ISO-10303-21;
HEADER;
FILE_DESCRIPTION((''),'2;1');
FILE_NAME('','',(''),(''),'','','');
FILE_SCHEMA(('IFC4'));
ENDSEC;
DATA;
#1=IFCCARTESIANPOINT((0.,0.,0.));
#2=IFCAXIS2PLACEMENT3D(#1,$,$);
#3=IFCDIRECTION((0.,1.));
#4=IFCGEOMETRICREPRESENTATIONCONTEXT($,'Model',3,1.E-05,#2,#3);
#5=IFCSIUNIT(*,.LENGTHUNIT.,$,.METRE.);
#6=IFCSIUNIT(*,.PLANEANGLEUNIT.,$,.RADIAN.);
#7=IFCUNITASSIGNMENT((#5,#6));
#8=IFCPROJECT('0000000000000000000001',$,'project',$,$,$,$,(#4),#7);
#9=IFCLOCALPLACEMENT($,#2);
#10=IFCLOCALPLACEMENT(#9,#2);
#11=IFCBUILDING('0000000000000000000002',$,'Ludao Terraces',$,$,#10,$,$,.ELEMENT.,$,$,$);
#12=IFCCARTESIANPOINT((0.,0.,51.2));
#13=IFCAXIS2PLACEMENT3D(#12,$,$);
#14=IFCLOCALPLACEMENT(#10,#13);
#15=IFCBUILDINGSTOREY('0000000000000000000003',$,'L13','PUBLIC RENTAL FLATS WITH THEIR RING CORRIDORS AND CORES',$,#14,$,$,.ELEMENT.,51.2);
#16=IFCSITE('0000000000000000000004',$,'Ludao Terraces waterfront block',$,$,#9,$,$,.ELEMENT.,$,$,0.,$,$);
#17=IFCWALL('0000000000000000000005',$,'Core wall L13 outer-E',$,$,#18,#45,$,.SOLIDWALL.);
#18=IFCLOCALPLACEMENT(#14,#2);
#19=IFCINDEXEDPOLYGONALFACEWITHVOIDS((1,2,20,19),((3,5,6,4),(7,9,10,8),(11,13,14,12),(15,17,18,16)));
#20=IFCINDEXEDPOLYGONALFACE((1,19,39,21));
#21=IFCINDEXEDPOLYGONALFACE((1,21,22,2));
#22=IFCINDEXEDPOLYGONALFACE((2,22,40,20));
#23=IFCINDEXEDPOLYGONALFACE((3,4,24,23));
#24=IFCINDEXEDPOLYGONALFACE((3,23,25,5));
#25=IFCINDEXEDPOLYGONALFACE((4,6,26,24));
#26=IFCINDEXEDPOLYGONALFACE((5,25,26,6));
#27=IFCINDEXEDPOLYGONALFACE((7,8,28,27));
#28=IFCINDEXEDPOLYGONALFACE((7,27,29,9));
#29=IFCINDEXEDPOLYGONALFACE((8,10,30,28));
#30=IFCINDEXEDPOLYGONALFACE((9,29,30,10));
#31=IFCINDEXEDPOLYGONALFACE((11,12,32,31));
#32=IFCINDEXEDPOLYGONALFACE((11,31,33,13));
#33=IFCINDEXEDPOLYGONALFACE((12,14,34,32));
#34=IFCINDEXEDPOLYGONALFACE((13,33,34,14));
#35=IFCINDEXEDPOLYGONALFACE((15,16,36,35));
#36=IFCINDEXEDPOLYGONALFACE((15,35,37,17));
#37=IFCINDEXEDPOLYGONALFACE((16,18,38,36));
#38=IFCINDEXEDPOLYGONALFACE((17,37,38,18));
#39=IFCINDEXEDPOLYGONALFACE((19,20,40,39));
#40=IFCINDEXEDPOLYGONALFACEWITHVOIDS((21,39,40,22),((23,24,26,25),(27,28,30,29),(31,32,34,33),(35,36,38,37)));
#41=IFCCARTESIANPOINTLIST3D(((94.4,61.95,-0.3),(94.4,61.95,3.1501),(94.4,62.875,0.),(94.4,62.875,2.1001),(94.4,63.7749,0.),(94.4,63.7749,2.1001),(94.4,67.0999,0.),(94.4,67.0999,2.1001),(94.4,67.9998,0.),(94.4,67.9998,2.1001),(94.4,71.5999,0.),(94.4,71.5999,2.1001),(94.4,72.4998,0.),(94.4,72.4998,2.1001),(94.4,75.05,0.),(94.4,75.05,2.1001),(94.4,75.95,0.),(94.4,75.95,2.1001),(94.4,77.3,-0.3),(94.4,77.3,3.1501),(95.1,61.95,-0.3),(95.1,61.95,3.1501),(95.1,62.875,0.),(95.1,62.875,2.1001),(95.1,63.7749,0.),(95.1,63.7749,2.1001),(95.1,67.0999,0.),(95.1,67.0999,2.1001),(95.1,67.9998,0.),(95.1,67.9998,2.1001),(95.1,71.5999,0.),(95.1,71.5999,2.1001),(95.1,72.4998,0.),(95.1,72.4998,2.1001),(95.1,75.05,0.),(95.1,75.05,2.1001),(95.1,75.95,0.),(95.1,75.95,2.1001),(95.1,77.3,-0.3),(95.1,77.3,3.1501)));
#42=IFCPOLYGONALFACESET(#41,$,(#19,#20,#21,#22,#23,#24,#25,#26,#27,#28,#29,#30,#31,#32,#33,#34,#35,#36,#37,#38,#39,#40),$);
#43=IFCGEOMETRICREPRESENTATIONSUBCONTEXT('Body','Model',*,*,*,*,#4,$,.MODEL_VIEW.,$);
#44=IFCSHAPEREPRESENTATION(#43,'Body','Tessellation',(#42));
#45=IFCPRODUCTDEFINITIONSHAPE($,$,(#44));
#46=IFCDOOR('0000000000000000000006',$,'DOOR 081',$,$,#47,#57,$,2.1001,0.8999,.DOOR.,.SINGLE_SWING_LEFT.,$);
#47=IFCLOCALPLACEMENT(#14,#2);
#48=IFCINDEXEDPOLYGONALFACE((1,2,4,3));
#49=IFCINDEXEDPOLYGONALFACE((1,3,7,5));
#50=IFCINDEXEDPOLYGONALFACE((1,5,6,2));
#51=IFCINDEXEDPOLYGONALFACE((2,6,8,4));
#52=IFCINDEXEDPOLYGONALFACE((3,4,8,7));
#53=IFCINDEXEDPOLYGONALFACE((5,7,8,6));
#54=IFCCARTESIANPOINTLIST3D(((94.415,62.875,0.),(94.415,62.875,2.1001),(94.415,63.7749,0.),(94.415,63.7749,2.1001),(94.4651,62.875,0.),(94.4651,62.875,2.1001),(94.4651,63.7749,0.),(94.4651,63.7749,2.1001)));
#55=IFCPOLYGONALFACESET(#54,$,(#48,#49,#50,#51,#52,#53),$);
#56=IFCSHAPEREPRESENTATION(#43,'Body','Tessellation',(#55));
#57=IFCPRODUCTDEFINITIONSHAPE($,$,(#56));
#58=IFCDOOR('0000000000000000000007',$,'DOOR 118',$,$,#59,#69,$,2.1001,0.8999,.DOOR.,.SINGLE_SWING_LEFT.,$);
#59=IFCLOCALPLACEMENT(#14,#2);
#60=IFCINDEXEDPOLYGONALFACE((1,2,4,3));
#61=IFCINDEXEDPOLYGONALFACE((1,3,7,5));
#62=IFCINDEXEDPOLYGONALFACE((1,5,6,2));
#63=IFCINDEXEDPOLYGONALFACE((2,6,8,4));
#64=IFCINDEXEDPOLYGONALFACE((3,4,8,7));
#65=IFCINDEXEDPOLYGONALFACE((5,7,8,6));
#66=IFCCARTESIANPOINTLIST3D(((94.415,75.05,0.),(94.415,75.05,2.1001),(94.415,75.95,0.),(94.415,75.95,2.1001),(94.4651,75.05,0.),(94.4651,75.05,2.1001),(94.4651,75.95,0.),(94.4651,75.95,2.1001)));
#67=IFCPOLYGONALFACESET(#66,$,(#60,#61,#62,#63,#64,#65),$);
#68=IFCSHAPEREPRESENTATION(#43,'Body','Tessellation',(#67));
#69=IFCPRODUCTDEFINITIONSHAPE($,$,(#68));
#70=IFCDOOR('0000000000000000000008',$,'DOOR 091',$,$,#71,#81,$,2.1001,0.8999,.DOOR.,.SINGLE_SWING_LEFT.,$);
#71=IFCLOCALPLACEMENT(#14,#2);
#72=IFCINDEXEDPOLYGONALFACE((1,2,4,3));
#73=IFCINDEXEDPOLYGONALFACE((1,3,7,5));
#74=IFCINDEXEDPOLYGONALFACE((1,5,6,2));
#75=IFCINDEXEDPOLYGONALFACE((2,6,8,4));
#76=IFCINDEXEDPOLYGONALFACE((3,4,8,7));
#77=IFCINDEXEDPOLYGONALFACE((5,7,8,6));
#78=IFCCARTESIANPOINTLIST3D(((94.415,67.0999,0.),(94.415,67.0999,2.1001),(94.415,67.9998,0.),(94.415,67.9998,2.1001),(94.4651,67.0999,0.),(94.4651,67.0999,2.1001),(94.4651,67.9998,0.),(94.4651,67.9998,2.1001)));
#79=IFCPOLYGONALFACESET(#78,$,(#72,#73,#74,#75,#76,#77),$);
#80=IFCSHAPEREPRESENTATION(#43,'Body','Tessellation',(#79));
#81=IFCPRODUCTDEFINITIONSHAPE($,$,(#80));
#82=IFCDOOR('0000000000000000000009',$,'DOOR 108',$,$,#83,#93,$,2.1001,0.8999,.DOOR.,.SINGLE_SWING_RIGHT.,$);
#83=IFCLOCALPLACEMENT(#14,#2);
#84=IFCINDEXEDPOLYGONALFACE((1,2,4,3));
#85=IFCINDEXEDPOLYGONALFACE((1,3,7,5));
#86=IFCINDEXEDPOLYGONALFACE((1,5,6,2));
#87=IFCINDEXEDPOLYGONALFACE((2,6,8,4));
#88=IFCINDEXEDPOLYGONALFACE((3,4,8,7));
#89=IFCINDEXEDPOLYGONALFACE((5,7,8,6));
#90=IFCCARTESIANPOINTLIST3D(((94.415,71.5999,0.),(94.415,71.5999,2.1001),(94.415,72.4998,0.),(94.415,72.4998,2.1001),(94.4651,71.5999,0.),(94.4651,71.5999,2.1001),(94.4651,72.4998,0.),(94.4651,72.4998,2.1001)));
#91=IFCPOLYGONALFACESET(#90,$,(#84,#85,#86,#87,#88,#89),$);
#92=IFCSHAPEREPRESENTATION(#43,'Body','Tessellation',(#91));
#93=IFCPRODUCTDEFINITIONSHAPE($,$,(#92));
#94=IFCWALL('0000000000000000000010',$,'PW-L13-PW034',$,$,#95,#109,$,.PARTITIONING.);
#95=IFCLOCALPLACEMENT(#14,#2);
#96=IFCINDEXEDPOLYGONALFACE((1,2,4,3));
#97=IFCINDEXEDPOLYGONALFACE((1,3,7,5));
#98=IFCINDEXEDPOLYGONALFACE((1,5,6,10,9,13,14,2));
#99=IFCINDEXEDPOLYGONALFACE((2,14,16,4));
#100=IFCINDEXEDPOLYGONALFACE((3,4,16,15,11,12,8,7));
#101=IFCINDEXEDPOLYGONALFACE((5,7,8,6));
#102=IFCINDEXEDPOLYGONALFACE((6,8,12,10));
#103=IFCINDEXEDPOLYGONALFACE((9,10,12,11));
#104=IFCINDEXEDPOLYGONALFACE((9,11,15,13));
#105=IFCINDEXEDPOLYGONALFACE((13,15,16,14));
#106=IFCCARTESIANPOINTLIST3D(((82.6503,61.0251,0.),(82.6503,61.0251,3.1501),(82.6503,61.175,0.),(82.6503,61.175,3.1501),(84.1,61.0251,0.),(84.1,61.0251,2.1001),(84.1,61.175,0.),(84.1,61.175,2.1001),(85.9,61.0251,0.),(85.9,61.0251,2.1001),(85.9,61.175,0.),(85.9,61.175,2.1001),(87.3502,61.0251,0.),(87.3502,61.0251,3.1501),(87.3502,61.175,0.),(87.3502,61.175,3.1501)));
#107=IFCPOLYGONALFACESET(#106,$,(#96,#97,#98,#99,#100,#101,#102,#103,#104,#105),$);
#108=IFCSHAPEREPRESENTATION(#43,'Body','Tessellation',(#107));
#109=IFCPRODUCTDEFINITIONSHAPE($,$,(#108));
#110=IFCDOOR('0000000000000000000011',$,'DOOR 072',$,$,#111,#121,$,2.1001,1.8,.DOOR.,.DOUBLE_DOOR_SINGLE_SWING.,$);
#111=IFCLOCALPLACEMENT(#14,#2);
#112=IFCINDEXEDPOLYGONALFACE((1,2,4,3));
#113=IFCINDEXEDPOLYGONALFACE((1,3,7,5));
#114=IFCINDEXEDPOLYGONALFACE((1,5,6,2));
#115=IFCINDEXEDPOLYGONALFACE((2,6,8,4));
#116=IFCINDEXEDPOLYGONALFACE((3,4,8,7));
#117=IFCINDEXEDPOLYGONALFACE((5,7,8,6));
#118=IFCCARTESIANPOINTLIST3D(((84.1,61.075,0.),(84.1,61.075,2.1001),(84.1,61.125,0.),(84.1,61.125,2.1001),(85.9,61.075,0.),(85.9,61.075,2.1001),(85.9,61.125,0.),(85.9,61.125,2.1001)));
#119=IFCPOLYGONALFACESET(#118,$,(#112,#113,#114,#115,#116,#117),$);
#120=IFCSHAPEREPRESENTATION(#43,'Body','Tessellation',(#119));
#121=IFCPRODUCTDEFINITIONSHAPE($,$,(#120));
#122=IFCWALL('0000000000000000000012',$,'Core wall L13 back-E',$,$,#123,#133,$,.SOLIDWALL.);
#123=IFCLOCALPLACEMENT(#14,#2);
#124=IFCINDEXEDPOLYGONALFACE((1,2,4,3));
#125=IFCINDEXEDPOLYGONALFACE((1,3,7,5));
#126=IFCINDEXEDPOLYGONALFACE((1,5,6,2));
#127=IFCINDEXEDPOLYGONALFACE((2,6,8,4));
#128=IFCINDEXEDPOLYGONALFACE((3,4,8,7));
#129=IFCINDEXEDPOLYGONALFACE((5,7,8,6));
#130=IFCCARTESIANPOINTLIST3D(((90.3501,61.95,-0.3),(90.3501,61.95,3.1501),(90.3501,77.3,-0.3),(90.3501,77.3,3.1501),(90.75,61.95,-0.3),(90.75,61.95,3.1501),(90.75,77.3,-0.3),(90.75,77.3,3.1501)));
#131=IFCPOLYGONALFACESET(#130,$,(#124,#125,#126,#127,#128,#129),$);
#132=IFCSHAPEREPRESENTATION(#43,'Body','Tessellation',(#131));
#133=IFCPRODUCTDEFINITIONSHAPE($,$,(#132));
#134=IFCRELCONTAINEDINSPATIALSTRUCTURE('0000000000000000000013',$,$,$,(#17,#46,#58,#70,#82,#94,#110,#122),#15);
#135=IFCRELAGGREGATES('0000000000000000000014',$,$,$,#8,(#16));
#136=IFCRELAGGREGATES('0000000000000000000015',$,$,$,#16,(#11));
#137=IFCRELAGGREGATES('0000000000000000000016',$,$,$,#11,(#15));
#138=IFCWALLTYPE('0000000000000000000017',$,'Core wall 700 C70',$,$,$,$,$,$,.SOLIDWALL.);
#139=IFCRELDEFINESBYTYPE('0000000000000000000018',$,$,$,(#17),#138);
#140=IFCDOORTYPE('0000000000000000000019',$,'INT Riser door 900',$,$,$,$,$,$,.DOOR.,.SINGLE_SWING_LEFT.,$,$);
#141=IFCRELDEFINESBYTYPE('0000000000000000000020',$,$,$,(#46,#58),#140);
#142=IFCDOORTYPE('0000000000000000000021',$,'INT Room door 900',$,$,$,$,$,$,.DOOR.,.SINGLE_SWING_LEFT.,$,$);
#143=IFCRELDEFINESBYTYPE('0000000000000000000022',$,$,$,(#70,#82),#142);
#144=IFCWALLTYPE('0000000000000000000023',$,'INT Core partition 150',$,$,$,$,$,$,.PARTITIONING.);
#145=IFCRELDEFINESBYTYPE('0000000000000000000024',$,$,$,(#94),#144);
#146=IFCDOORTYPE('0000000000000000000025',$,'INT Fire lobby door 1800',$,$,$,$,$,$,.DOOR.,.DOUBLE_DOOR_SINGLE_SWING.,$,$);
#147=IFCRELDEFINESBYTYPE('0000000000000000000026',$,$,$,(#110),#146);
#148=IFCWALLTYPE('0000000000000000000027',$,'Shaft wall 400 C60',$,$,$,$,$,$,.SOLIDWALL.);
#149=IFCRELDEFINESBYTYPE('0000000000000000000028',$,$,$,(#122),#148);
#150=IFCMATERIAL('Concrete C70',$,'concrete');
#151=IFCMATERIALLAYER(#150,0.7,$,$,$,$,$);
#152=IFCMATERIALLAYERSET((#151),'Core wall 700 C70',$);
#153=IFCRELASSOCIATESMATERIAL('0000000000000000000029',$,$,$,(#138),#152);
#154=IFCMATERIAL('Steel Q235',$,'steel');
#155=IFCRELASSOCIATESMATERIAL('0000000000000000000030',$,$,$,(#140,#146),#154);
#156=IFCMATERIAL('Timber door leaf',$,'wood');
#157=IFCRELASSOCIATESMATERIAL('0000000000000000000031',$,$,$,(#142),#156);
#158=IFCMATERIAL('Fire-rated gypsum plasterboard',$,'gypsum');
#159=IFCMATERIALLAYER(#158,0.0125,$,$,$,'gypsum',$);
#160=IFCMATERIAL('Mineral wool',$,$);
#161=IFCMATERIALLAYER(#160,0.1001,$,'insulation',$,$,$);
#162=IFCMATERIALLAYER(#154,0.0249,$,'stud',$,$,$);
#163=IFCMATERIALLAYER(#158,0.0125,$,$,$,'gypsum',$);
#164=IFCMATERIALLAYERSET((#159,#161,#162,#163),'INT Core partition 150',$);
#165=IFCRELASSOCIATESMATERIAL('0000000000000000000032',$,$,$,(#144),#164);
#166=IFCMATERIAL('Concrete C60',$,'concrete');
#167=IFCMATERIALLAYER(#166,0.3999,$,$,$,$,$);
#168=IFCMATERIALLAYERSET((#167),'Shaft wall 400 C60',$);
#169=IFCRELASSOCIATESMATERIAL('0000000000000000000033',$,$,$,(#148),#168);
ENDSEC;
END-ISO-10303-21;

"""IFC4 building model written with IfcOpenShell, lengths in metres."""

from ifc_helpers import new_model, si_unit, direction, frame, frame_2d, origin, place, context, subcontext, project, spatial, rectangle, extrude, material, layer, layer_set, type_object, element, fill, save


model = new_model("IFC4")

# Units and contexts
model_context = context("Model", 3, precision=1e-05, world=origin(), true_north=direction((0.0, 1.0)))
body_context = subcontext(model_context, "Body", "Model", "MODEL_VIEW")
ifc_project = project(units=[si_unit("LENGTHUNIT", "METRE"), si_unit("PLANEANGLEUNIT", "RADIAN")], contexts=[model_context])

# Site, building, storey
site_placement = place(None, origin())
site = spatial("IfcSite", under=ifc_project, at=site_placement, Name="Ludao Terraces waterfront block", CompositionType="ELEMENT", RefElevation=0.0)
building_placement = place(site_placement, origin())
building = spatial("IfcBuilding", under=site, at=building_placement, Name="Ludao Terraces", CompositionType="ELEMENT")
storey_placement = place(building_placement, frame((0.0, 0.0, 51.2)))
storey = spatial("IfcBuildingStorey", under=building, at=storey_placement, Name="L13", Description="PUBLIC RENTAL FLATS WITH THEIR RING CORRIDORS AND CORES", CompositionType="ELEMENT", Elevation=51.2)

# Wall, openings, doors
ifc_material_1 = material(Name="Concrete C70", Category="concrete")
ifc_layer_1 = layer(ifc_material_1, 0.7)
ifc_layer_set_1 = layer_set([ifc_layer_1], Name="Core wall 700 C70")
wall_type_1 = type_object("IfcWallType", Name="Core wall 700 C70", PredefinedType="SOLIDWALL", material=ifc_layer_set_1)
wall_1_placement = place(storey_placement, frame((94.75, 61.95, -0.3), z_axis=(0.0, 0.0, 1.0), x_axis=(0.0, 1.0, 0.0)))
wall_1 = element("IfcWall", 1, at=wall_1_placement, inside=storey, type_object=wall_type_1, Name="Core wall L13 outer-E", PredefinedType="SOLIDWALL", context=body_context, shape_type="SweptSolid", body=[
    extrude(rectangle(XDim=15.3501, YDim=0.7, at=frame_2d((7.675, 0.0))), origin(), (0.0, 0.0, 1.0), 3.4502),
])
opening_1_placement = place(wall_1_placement, frame((0.925, 0.0, 0.3)))
opening_1 = element("IfcOpeningElement", 2, at=opening_1_placement, cuts=wall_1, PredefinedType="OPENING", context=body_context, shape_type="SweptSolid", body=[
    extrude(rectangle(XDim=0.8999, YDim=2.1001, at=frame_2d((0.45, 1.05))), frame((0.0, 0.3599, 0.0), z_axis=(0.0, -1.0, 0.0), x_axis=(1.0, 0.0, 0.0)), (0.0, 0.0, 1.0), 0.72),
])
opening_2_placement = place(wall_1_placement, frame((5.1499, 0.0, 0.3)))
opening_2 = element("IfcOpeningElement", 3, at=opening_2_placement, cuts=wall_1, PredefinedType="OPENING", context=body_context, shape_type="SweptSolid", body=[
    extrude(rectangle(XDim=0.8999, YDim=2.1001, at=frame_2d((0.45, 1.05))), frame((0.0, 0.3599, 0.0), z_axis=(0.0, -1.0, 0.0), x_axis=(1.0, 0.0, 0.0)), (0.0, 0.0, 1.0), 0.72),
])
opening_3_placement = place(wall_1_placement, frame((9.6499, 0.0, 0.3)))
opening_3 = element("IfcOpeningElement", 4, at=opening_3_placement, cuts=wall_1, PredefinedType="OPENING", context=body_context, shape_type="SweptSolid", body=[
    extrude(rectangle(XDim=0.8999, YDim=2.1001, at=frame_2d((0.45, 1.05))), frame((0.0, 0.3599, 0.0), z_axis=(0.0, -1.0, 0.0), x_axis=(1.0, 0.0, 0.0)), (0.0, 0.0, 1.0), 0.72),
])
opening_4_placement = place(wall_1_placement, frame((13.1001, 0.0, 0.3)))
opening_4 = element("IfcOpeningElement", 5, at=opening_4_placement, cuts=wall_1, PredefinedType="OPENING", context=body_context, shape_type="SweptSolid", body=[
    extrude(rectangle(XDim=0.8999, YDim=2.1001, at=frame_2d((0.45, 1.05))), frame((0.0, 0.3599, 0.0), z_axis=(0.0, -1.0, 0.0), x_axis=(1.0, 0.0, 0.0)), (0.0, 0.0, 1.0), 0.72),
])
ifc_material_2 = material(Name="Steel Q235", Category="steel")
door_type_1 = type_object("IfcDoorType", Name="INT Riser door 900", OperationType="SINGLE_SWING_LEFT", PredefinedType="DOOR", material=ifc_material_2)
door_1_placement = place(opening_1_placement, origin())
door_1 = element("IfcDoor", 6, at=door_1_placement, inside=storey, type_object=door_type_1, Name="DOOR 081", OperationType="SINGLE_SWING_LEFT", OverallHeight=2.1001, OverallWidth=0.8999, PredefinedType="DOOR", context=body_context, shape_type="SweptSolid", body=[
    extrude(rectangle(XDim=0.8999, YDim=2.1001, at=frame_2d((0.45, 1.05))), frame((0.0, 0.335, 0.0), z_axis=(0.0, -1.0, 0.0), x_axis=(1.0, 0.0, 0.0)), (0.0, 0.0, 1.0), 0.05),
])
fill(opening_1, door_1)
door_2_placement = place(opening_4_placement, origin())
door_2 = element("IfcDoor", 7, at=door_2_placement, inside=storey, type_object=door_type_1, Name="DOOR 118", OperationType="SINGLE_SWING_LEFT", OverallHeight=2.1001, OverallWidth=0.8999, PredefinedType="DOOR", context=body_context, shape_type="SweptSolid", body=[
    extrude(rectangle(XDim=0.8999, YDim=2.1001, at=frame_2d((0.45, 1.05))), frame((0.0, 0.335, 0.0), z_axis=(0.0, -1.0, 0.0), x_axis=(1.0, 0.0, 0.0)), (0.0, 0.0, 1.0), 0.05),
])
fill(opening_4, door_2)
ifc_material_3 = material(Name="Timber door leaf", Category="wood")
door_type_2 = type_object("IfcDoorType", Name="INT Room door 900", OperationType="SINGLE_SWING_LEFT", PredefinedType="DOOR", material=ifc_material_3)
door_3_placement = place(opening_2_placement, origin())
door_3 = element("IfcDoor", 8, at=door_3_placement, inside=storey, type_object=door_type_2, Name="DOOR 091", OperationType="SINGLE_SWING_LEFT", OverallHeight=2.1001, OverallWidth=0.8999, PredefinedType="DOOR", context=body_context, shape_type="SweptSolid", body=[
    extrude(rectangle(XDim=0.8999, YDim=2.1001, at=frame_2d((0.45, 1.05))), frame((0.0, 0.335, 0.0), z_axis=(0.0, -1.0, 0.0), x_axis=(1.0, 0.0, 0.0)), (0.0, 0.0, 1.0), 0.05),
])
fill(opening_2, door_3)
door_4_placement = place(opening_3_placement, origin())
door_4 = element("IfcDoor", 9, at=door_4_placement, inside=storey, type_object=door_type_2, Name="DOOR 108", OperationType="SINGLE_SWING_RIGHT", OverallHeight=2.1001, OverallWidth=0.8999, PredefinedType="DOOR", context=body_context, shape_type="SweptSolid", body=[
    extrude(rectangle(XDim=0.8999, YDim=2.1001, at=frame_2d((0.45, 1.05))), frame((0.0, 0.335, 0.0), z_axis=(0.0, -1.0, 0.0), x_axis=(1.0, 0.0, 0.0)), (0.0, 0.0, 1.0), 0.05),
])
fill(opening_3, door_4)

# Wall, opening, door
ifc_material_4 = material(Name="Fire-rated gypsum plasterboard", Category="gypsum")
ifc_layer_2 = layer(ifc_material_4, 0.0125, Category="gypsum")
ifc_material_5 = material(Name="Mineral wool")
ifc_layer_3 = layer(ifc_material_5, 0.1001, Name="insulation")
ifc_layer_4 = layer(ifc_material_2, 0.0249, Name="stud")
ifc_layer_5 = layer(ifc_material_4, 0.0125, Category="gypsum")
ifc_layer_set_2 = layer_set([ifc_layer_2, ifc_layer_3, ifc_layer_4, ifc_layer_5], Name="INT Core partition 150")
wall_type_2 = type_object("IfcWallType", Name="INT Core partition 150", PredefinedType="PARTITIONING", material=ifc_layer_set_2)
wall_2_placement = place(storey_placement, frame((82.6501, 61.1001, 0.0), z_axis=(0.0, 0.0, 1.0), x_axis=(1.0, 0.0, 0.0)))
wall_2 = element("IfcWall", 10, at=wall_2_placement, inside=storey, type_object=wall_type_2, Name="PW-L13-PW034", PredefinedType="PARTITIONING", context=body_context, shape_type="SweptSolid", body=[
    extrude(rectangle(XDim=4.7, YDim=0.1499, at=frame_2d((2.3501, 0.0))), origin(), (0.0, 0.0, 1.0), 3.1501),
])
opening_5_placement = place(wall_2_placement, frame((1.45, 0.0, 0.0)))
opening_5 = element("IfcOpeningElement", 11, at=opening_5_placement, cuts=wall_2, PredefinedType="OPENING", context=body_context, shape_type="SweptSolid", body=[
    extrude(rectangle(XDim=1.8, YDim=2.1001, at=frame_2d((0.8999, 1.05))), frame((0.0, 0.085, 0.0), z_axis=(0.0, -1.0, 0.0), x_axis=(1.0, 0.0, 0.0)), (0.0, 0.0, 1.0), 0.1699),
])
door_type_3 = type_object("IfcDoorType", Name="INT Fire lobby door 1800", OperationType="DOUBLE_DOOR_SINGLE_SWING", PredefinedType="DOOR", material=ifc_material_2)
door_5_placement = place(opening_5_placement, origin())
door_5 = element("IfcDoor", 12, at=door_5_placement, inside=storey, type_object=door_type_3, Name="DOOR 072", OperationType="DOUBLE_DOOR_SINGLE_SWING", OverallHeight=2.1001, OverallWidth=1.8, PredefinedType="DOOR", context=body_context, shape_type="SweptSolid", body=[
    extrude(rectangle(XDim=1.8, YDim=2.1001, at=frame_2d((0.8999, 1.05))), frame((0.0, 0.0249, 0.0), z_axis=(0.0, -1.0, 0.0), x_axis=(1.0, 0.0, 0.0)), (0.0, 0.0, 1.0), 0.05),
])
fill(opening_5, door_5)

# Wall
ifc_material_6 = material(Name="Concrete C60", Category="concrete")
ifc_layer_6 = layer(ifc_material_6, 0.3999)
ifc_layer_set_3 = layer_set([ifc_layer_6], Name="Shaft wall 400 C60")
wall_type_3 = type_object("IfcWallType", Name="Shaft wall 400 C60", PredefinedType="SOLIDWALL", material=ifc_layer_set_3)
wall_3_placement = place(storey_placement, frame((90.55, 61.95, -0.3), z_axis=(0.0, 0.0, 1.0), x_axis=(0.0, 1.0, 0.0)))
element("IfcWall", 13, at=wall_3_placement, inside=storey, type_object=wall_type_3, Name="Core wall L13 back-E", PredefinedType="SOLIDWALL", context=body_context, shape_type="SweptSolid", body=[
    extrude(rectangle(XDim=15.3501, YDim=0.3999, at=frame_2d((7.675, 0.0))), origin(), (0.0, 0.0, 1.0), 3.4502),
])

save(model, "model.ifc")
